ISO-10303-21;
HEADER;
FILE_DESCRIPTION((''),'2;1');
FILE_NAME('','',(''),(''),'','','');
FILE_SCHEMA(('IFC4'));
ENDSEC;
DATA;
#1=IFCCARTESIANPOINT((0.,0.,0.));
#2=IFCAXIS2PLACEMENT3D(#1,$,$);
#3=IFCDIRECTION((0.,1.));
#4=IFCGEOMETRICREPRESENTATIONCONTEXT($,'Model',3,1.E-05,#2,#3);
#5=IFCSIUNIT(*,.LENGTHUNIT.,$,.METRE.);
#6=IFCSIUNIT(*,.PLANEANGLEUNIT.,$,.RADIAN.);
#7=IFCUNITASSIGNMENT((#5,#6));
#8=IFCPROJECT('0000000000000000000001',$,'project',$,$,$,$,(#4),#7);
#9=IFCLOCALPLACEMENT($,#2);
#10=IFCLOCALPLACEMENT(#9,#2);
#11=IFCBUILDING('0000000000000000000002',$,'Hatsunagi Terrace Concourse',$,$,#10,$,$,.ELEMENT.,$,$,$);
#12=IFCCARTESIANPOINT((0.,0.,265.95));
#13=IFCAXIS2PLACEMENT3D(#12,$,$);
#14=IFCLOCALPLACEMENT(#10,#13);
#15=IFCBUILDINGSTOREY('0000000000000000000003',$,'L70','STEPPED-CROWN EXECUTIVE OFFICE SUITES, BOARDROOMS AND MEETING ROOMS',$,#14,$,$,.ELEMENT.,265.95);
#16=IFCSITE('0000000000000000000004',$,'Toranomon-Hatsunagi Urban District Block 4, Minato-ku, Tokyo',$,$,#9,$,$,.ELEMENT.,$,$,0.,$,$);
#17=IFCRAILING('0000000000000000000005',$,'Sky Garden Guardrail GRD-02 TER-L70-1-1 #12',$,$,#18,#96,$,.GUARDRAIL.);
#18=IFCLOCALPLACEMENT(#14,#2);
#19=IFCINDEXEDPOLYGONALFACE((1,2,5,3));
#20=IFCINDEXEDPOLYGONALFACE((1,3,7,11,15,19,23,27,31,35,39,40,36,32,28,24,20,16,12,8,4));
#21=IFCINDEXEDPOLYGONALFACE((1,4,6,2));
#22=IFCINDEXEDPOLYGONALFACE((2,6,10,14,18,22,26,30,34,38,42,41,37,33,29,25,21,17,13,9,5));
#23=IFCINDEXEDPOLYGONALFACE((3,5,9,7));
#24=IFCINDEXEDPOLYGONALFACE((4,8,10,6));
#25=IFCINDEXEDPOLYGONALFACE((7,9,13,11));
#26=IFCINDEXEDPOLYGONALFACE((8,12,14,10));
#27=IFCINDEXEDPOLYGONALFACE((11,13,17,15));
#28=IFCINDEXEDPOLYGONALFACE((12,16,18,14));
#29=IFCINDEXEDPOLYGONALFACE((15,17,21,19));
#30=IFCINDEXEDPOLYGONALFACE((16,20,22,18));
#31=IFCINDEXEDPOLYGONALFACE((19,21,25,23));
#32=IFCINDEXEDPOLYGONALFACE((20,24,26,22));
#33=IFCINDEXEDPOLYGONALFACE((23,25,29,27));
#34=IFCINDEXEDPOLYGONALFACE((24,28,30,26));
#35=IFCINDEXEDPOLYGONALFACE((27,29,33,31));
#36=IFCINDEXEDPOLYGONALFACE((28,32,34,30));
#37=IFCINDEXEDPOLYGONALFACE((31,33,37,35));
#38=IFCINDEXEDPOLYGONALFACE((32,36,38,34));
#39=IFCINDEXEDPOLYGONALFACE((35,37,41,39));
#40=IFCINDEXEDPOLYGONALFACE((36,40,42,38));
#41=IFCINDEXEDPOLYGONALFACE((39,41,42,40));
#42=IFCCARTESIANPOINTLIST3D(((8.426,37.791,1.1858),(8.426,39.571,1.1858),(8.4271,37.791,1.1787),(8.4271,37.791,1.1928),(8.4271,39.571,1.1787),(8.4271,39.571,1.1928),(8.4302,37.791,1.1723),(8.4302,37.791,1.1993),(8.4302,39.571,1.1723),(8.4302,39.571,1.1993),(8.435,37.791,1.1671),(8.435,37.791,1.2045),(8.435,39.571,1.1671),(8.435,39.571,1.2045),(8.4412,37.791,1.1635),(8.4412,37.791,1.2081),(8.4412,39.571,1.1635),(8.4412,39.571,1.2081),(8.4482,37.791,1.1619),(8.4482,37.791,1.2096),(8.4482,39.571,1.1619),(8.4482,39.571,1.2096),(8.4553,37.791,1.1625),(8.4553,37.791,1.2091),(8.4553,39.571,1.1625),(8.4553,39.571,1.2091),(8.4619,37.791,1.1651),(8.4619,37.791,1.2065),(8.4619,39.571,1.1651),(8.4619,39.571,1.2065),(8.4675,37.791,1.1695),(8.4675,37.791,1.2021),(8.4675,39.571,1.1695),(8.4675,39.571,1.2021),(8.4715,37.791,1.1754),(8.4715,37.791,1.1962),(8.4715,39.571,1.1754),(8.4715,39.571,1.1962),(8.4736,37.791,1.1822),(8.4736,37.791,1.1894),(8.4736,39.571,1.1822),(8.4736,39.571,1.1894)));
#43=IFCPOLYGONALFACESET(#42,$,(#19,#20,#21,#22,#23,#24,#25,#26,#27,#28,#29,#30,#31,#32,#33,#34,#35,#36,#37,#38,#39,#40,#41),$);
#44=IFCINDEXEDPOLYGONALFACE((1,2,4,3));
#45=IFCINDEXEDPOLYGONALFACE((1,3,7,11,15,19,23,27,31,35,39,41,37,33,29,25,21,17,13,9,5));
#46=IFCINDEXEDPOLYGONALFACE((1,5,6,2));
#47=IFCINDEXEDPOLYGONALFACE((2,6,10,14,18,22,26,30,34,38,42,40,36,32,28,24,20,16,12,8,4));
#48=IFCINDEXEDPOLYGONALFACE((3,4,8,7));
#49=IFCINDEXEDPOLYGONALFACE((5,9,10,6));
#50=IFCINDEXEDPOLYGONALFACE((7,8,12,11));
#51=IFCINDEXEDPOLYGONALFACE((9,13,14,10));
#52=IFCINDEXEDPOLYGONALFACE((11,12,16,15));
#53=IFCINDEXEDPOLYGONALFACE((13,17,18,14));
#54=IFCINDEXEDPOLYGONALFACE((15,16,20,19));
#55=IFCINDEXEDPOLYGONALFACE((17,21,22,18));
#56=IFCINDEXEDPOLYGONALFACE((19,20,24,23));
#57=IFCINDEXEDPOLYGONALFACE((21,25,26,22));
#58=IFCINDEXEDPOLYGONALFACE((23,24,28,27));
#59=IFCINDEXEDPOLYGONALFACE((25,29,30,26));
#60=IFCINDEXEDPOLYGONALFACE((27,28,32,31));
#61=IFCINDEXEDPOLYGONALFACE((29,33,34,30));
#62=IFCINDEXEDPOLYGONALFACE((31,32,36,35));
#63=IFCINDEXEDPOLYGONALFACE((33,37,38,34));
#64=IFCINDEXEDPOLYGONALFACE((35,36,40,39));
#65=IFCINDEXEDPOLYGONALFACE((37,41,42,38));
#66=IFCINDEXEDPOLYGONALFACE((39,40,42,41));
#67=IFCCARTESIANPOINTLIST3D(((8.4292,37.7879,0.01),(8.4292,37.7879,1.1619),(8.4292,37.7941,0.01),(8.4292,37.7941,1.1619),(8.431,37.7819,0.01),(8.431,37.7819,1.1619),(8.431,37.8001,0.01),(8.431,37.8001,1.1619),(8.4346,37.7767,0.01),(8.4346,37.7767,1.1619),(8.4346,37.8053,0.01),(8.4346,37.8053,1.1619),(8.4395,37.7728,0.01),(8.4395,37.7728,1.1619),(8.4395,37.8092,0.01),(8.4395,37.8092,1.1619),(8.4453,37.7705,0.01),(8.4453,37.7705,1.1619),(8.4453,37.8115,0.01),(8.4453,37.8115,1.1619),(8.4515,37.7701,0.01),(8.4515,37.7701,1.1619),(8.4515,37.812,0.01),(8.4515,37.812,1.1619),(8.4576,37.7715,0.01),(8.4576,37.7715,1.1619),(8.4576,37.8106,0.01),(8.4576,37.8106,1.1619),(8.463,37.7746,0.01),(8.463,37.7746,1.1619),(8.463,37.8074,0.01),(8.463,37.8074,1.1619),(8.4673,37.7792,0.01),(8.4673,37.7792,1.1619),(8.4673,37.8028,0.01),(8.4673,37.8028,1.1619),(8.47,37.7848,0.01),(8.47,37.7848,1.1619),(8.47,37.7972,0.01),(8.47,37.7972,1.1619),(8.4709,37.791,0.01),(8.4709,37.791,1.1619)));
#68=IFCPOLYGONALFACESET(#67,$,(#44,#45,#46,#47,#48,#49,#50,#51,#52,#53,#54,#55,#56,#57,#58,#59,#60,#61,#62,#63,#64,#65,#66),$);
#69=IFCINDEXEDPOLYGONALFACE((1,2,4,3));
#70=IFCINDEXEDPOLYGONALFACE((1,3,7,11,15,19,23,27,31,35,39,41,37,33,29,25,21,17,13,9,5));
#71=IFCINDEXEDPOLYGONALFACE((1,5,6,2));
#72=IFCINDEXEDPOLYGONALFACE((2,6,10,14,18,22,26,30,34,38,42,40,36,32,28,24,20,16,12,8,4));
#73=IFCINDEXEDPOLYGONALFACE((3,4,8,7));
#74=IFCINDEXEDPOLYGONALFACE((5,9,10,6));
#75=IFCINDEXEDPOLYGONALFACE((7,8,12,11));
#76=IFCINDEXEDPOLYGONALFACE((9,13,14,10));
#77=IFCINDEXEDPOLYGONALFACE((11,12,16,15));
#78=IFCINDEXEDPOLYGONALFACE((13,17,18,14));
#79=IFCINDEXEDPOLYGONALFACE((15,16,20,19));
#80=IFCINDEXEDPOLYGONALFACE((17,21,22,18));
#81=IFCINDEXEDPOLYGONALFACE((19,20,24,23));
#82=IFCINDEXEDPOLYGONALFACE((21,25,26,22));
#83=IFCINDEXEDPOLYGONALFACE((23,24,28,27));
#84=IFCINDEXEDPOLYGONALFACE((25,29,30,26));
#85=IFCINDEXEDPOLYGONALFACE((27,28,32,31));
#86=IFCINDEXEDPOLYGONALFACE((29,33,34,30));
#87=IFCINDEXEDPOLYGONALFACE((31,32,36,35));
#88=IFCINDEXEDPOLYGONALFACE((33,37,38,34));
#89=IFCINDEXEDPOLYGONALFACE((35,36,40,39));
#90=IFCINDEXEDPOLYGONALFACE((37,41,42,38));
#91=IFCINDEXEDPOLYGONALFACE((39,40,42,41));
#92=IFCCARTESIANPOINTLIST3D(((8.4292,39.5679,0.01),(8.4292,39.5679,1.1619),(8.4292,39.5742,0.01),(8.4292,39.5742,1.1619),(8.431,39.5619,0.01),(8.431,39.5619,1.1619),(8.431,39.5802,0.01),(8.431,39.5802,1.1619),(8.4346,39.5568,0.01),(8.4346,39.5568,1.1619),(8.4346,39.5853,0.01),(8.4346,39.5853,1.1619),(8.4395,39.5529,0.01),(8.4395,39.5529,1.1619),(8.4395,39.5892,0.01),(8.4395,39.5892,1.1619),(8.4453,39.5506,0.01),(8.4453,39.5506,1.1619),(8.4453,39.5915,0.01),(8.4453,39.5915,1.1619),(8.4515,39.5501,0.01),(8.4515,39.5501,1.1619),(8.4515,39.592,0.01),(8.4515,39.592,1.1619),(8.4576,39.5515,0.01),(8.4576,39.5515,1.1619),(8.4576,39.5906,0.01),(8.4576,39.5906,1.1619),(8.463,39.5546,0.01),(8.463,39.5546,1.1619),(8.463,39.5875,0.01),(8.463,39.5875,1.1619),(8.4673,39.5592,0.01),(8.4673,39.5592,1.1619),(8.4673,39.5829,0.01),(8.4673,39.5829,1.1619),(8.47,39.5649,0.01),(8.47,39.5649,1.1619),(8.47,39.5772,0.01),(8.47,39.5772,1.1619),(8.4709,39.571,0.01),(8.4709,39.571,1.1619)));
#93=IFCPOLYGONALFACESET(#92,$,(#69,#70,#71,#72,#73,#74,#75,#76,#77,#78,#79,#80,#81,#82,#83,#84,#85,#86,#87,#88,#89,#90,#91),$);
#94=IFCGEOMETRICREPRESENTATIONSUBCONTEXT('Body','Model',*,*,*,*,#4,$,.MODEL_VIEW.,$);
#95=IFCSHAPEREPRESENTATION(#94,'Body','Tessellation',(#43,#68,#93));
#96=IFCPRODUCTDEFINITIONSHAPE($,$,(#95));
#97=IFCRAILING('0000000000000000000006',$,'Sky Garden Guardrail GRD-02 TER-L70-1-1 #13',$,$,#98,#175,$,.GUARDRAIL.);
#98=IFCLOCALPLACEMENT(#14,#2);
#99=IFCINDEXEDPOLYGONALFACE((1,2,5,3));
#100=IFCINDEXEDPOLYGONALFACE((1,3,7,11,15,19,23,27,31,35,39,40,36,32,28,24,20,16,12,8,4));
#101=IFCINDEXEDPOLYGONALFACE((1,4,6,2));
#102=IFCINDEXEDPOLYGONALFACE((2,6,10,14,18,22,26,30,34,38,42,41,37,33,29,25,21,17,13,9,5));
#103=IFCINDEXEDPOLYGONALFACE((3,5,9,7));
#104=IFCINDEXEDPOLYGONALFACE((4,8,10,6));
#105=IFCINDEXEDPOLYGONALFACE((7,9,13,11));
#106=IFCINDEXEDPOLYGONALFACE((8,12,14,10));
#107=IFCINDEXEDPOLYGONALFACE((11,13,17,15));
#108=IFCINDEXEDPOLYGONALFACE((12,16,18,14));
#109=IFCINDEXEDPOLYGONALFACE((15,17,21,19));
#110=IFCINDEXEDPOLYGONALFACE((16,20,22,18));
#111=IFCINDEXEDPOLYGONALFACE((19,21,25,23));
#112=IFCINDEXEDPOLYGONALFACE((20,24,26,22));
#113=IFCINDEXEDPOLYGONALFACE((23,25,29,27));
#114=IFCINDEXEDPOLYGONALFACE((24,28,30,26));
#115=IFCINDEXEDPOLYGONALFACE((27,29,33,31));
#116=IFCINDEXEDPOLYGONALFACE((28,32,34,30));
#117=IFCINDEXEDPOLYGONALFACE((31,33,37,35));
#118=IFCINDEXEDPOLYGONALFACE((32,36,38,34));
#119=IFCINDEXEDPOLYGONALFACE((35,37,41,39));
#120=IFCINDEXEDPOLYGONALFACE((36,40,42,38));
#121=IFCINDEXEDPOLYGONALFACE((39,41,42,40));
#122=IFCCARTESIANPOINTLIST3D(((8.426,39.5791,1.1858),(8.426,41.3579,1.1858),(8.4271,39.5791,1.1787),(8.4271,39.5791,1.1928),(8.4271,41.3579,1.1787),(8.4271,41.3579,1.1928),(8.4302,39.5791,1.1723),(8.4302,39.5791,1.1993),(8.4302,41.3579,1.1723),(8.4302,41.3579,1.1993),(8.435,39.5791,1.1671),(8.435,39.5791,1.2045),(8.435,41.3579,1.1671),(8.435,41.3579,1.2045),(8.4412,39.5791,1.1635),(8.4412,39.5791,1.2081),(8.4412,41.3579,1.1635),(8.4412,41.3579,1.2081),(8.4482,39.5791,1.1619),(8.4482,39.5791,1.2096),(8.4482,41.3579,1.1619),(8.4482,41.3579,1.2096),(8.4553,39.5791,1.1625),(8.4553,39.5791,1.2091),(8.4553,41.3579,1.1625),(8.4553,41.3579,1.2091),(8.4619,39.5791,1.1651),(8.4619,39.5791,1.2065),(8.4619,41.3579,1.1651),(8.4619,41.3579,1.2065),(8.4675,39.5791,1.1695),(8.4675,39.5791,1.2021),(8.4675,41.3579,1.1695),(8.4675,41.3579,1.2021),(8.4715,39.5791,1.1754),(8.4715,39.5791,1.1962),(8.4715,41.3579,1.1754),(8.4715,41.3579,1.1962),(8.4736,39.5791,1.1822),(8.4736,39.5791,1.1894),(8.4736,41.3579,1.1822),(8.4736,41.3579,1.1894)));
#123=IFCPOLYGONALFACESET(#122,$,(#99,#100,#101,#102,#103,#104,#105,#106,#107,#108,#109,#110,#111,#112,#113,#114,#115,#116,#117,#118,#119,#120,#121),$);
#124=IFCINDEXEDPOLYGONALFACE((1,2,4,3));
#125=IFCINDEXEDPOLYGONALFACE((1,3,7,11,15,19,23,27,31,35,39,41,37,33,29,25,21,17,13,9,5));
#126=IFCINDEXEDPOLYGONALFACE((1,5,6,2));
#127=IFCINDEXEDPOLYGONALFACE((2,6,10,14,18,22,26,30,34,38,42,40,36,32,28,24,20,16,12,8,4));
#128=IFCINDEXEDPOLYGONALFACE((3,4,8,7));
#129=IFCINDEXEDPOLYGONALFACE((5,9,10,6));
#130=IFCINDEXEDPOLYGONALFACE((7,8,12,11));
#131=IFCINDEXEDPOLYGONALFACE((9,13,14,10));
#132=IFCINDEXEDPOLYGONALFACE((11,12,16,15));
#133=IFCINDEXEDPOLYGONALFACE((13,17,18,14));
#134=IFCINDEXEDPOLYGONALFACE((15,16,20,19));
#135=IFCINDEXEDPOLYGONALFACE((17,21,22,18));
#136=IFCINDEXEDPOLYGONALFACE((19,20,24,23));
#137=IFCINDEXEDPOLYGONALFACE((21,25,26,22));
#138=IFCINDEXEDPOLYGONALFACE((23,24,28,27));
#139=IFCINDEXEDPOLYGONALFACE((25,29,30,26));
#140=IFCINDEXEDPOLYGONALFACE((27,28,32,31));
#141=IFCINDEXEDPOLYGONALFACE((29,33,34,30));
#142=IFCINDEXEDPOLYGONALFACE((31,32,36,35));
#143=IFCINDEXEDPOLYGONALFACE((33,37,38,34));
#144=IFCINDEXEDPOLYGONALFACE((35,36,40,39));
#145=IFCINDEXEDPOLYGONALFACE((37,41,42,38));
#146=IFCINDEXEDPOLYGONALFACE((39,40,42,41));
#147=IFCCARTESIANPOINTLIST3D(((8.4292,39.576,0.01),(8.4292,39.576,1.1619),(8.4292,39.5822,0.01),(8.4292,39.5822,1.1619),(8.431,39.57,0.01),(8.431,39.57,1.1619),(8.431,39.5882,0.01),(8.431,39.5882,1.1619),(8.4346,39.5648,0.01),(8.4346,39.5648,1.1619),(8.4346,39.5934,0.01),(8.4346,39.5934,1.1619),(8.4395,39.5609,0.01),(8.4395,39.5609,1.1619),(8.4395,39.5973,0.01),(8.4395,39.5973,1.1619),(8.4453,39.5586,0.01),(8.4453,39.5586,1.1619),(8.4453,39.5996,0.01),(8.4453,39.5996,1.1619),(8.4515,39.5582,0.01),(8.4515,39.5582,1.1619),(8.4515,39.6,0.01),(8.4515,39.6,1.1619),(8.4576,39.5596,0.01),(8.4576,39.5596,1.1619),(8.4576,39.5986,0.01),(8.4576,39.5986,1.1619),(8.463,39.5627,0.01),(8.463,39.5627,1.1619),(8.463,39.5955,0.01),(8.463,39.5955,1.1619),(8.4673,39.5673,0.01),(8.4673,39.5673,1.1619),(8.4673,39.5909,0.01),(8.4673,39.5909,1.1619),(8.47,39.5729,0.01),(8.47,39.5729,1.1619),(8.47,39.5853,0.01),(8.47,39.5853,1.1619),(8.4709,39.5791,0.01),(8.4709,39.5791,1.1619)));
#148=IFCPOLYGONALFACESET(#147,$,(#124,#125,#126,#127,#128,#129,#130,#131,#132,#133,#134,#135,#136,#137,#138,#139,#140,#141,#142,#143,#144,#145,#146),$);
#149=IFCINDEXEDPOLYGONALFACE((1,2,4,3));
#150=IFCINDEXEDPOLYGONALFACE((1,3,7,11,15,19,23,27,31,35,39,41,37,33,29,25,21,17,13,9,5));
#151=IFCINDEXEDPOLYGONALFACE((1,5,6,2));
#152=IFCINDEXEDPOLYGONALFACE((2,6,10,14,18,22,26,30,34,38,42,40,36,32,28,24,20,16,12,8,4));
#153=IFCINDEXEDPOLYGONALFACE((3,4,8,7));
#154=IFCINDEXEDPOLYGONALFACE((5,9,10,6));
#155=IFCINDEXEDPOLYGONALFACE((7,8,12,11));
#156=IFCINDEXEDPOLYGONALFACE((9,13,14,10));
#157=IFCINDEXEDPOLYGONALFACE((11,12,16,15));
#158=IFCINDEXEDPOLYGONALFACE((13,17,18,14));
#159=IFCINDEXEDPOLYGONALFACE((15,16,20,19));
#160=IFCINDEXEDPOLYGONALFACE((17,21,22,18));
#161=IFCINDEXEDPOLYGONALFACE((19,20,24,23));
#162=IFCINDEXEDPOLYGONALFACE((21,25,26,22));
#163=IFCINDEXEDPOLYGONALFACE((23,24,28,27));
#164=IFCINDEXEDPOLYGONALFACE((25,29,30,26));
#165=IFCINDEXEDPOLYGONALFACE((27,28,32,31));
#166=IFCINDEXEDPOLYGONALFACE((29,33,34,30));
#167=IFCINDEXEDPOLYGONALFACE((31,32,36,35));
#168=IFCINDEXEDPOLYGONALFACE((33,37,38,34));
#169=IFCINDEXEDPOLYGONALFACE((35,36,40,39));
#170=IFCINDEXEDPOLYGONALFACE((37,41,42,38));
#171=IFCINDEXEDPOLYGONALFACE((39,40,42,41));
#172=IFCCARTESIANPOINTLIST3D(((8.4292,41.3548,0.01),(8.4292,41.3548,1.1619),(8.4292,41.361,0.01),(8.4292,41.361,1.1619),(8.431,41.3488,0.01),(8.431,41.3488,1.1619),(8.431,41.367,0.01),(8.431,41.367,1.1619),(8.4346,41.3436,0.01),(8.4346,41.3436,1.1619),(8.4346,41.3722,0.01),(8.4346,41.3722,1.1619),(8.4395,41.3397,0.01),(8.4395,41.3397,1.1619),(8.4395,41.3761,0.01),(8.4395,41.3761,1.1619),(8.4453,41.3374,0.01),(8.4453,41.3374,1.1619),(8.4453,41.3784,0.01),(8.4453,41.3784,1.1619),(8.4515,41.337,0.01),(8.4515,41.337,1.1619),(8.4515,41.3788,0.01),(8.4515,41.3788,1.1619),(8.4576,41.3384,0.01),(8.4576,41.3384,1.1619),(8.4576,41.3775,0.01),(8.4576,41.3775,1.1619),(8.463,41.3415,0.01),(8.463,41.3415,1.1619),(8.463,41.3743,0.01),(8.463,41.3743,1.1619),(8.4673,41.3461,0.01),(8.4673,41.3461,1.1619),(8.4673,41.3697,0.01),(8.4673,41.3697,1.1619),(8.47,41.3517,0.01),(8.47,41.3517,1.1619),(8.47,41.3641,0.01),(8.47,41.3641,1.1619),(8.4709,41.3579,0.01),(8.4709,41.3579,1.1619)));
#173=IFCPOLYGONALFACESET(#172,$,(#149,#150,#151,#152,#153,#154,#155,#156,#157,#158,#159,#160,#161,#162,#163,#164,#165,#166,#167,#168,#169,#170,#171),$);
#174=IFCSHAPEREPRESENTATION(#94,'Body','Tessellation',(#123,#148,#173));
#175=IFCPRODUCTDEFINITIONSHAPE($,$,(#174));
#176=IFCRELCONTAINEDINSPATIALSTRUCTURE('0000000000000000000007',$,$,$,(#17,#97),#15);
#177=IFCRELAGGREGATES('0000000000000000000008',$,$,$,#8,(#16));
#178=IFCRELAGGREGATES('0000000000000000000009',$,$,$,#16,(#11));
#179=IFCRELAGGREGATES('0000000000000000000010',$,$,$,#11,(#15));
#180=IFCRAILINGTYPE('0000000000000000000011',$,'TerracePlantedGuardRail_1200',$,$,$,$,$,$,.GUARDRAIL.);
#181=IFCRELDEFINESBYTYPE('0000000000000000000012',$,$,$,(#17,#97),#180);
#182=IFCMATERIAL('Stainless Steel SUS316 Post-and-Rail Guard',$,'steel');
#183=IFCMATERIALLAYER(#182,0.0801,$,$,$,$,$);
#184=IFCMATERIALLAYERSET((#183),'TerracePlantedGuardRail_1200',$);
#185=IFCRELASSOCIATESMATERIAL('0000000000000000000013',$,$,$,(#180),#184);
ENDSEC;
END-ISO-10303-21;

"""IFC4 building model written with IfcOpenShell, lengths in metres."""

from ifc_helpers import new_model, si_unit, direction, frame, origin, origin_2d, place, context, subcontext, project, spatial, circle, extrude, material, layer, layer_set, type_object, element, save


model = new_model("IFC4")

# Units and contexts
model_context = context("Model", 3, precision=1e-05, world=origin(), true_north=direction((0.0, 1.0)))
body_context = subcontext(model_context, "Body", "Model", "MODEL_VIEW")
ifc_project = project(units=[si_unit("LENGTHUNIT", "METRE"), si_unit("PLANEANGLEUNIT", "RADIAN")], contexts=[model_context])

# Site, building, storey
site_placement = place(None, origin())
site = spatial("IfcSite", under=ifc_project, at=site_placement, Name="Toranomon-Hatsunagi Urban District Block 4, Minato-ku, Tokyo", CompositionType="ELEMENT", RefElevation=0.0)
building_placement = place(site_placement, origin())
building = spatial("IfcBuilding", under=site, at=building_placement, Name="Hatsunagi Terrace Concourse", CompositionType="ELEMENT")
storey_placement = place(building_placement, frame((0.0, 0.0, 265.95)))
storey = spatial("IfcBuildingStorey", under=building, at=storey_placement, Name="L70", Description="STEPPED-CROWN EXECUTIVE OFFICE SUITES, BOARDROOMS AND MEETING ROOMS", CompositionType="ELEMENT", Elevation=265.95)

# Railings
ifc_material_1 = material(Name="Stainless Steel SUS316 Post-and-Rail Guard", Category="steel")
ifc_layer_1 = layer(ifc_material_1, 0.0801)
ifc_layer_set_1 = layer_set([ifc_layer_1], Name="TerracePlantedGuardRail_1200")
railing_type = type_object("IfcRailingType", Name="TerracePlantedGuardRail_1200", PredefinedType="GUARDRAIL", material=ifc_layer_set_1)
for number, where, name in (
    (1, (8.45, 37.791, 0.01), "Sky Garden Guardrail GRD-02 TER-L70-1-1 #12"),
):
    element("IfcRailing", number, at=place(storey_placement, frame(where)), inside=storey, type_object=railing_type, Name=name, PredefinedType="GUARDRAIL", context=body_context, shape_type="SweptSolid", body=[
        extrude(circle(Radius=0.0239, at=origin_2d()), frame((0.0, 0.0, 1.1758), z_axis=(0.0, 1.0, 0.0), x_axis=(-1.0, 0.0, 0.0)), (0.0, 0.0, 1.0), 1.78),
        extrude(circle(Radius=0.021, at=origin_2d()), origin(), (0.0, 0.0, 1.0), 1.1519),
        extrude(circle(Radius=0.021, at=origin_2d()), frame((0.0, 1.78, 0.0)), (0.0, 0.0, 1.0), 1.1519),
    ])
railing_1_placement = place(storey_placement, frame((8.45, 39.5791, 0.01)))
element("IfcRailing", 2, at=railing_1_placement, inside=storey, type_object=railing_type, Name="Sky Garden Guardrail GRD-02 TER-L70-1-1 #13", PredefinedType="GUARDRAIL", context=body_context, shape_type="SweptSolid", body=[
    extrude(circle(Radius=0.0239, at=origin_2d()), frame((0.0, 0.0, 1.1758), z_axis=(0.0, 1.0, 0.0), x_axis=(-1.0, 0.0, 0.0)), (0.0, 0.0, 1.0), 1.7788),
    extrude(circle(Radius=0.021, at=origin_2d()), origin(), (0.0, 0.0, 1.0), 1.1519),
    extrude(circle(Radius=0.021, at=origin_2d()), frame((0.0, 1.7788, 0.0)), (0.0, 0.0, 1.0), 1.1519),
])

save(model, "model.ifc")
